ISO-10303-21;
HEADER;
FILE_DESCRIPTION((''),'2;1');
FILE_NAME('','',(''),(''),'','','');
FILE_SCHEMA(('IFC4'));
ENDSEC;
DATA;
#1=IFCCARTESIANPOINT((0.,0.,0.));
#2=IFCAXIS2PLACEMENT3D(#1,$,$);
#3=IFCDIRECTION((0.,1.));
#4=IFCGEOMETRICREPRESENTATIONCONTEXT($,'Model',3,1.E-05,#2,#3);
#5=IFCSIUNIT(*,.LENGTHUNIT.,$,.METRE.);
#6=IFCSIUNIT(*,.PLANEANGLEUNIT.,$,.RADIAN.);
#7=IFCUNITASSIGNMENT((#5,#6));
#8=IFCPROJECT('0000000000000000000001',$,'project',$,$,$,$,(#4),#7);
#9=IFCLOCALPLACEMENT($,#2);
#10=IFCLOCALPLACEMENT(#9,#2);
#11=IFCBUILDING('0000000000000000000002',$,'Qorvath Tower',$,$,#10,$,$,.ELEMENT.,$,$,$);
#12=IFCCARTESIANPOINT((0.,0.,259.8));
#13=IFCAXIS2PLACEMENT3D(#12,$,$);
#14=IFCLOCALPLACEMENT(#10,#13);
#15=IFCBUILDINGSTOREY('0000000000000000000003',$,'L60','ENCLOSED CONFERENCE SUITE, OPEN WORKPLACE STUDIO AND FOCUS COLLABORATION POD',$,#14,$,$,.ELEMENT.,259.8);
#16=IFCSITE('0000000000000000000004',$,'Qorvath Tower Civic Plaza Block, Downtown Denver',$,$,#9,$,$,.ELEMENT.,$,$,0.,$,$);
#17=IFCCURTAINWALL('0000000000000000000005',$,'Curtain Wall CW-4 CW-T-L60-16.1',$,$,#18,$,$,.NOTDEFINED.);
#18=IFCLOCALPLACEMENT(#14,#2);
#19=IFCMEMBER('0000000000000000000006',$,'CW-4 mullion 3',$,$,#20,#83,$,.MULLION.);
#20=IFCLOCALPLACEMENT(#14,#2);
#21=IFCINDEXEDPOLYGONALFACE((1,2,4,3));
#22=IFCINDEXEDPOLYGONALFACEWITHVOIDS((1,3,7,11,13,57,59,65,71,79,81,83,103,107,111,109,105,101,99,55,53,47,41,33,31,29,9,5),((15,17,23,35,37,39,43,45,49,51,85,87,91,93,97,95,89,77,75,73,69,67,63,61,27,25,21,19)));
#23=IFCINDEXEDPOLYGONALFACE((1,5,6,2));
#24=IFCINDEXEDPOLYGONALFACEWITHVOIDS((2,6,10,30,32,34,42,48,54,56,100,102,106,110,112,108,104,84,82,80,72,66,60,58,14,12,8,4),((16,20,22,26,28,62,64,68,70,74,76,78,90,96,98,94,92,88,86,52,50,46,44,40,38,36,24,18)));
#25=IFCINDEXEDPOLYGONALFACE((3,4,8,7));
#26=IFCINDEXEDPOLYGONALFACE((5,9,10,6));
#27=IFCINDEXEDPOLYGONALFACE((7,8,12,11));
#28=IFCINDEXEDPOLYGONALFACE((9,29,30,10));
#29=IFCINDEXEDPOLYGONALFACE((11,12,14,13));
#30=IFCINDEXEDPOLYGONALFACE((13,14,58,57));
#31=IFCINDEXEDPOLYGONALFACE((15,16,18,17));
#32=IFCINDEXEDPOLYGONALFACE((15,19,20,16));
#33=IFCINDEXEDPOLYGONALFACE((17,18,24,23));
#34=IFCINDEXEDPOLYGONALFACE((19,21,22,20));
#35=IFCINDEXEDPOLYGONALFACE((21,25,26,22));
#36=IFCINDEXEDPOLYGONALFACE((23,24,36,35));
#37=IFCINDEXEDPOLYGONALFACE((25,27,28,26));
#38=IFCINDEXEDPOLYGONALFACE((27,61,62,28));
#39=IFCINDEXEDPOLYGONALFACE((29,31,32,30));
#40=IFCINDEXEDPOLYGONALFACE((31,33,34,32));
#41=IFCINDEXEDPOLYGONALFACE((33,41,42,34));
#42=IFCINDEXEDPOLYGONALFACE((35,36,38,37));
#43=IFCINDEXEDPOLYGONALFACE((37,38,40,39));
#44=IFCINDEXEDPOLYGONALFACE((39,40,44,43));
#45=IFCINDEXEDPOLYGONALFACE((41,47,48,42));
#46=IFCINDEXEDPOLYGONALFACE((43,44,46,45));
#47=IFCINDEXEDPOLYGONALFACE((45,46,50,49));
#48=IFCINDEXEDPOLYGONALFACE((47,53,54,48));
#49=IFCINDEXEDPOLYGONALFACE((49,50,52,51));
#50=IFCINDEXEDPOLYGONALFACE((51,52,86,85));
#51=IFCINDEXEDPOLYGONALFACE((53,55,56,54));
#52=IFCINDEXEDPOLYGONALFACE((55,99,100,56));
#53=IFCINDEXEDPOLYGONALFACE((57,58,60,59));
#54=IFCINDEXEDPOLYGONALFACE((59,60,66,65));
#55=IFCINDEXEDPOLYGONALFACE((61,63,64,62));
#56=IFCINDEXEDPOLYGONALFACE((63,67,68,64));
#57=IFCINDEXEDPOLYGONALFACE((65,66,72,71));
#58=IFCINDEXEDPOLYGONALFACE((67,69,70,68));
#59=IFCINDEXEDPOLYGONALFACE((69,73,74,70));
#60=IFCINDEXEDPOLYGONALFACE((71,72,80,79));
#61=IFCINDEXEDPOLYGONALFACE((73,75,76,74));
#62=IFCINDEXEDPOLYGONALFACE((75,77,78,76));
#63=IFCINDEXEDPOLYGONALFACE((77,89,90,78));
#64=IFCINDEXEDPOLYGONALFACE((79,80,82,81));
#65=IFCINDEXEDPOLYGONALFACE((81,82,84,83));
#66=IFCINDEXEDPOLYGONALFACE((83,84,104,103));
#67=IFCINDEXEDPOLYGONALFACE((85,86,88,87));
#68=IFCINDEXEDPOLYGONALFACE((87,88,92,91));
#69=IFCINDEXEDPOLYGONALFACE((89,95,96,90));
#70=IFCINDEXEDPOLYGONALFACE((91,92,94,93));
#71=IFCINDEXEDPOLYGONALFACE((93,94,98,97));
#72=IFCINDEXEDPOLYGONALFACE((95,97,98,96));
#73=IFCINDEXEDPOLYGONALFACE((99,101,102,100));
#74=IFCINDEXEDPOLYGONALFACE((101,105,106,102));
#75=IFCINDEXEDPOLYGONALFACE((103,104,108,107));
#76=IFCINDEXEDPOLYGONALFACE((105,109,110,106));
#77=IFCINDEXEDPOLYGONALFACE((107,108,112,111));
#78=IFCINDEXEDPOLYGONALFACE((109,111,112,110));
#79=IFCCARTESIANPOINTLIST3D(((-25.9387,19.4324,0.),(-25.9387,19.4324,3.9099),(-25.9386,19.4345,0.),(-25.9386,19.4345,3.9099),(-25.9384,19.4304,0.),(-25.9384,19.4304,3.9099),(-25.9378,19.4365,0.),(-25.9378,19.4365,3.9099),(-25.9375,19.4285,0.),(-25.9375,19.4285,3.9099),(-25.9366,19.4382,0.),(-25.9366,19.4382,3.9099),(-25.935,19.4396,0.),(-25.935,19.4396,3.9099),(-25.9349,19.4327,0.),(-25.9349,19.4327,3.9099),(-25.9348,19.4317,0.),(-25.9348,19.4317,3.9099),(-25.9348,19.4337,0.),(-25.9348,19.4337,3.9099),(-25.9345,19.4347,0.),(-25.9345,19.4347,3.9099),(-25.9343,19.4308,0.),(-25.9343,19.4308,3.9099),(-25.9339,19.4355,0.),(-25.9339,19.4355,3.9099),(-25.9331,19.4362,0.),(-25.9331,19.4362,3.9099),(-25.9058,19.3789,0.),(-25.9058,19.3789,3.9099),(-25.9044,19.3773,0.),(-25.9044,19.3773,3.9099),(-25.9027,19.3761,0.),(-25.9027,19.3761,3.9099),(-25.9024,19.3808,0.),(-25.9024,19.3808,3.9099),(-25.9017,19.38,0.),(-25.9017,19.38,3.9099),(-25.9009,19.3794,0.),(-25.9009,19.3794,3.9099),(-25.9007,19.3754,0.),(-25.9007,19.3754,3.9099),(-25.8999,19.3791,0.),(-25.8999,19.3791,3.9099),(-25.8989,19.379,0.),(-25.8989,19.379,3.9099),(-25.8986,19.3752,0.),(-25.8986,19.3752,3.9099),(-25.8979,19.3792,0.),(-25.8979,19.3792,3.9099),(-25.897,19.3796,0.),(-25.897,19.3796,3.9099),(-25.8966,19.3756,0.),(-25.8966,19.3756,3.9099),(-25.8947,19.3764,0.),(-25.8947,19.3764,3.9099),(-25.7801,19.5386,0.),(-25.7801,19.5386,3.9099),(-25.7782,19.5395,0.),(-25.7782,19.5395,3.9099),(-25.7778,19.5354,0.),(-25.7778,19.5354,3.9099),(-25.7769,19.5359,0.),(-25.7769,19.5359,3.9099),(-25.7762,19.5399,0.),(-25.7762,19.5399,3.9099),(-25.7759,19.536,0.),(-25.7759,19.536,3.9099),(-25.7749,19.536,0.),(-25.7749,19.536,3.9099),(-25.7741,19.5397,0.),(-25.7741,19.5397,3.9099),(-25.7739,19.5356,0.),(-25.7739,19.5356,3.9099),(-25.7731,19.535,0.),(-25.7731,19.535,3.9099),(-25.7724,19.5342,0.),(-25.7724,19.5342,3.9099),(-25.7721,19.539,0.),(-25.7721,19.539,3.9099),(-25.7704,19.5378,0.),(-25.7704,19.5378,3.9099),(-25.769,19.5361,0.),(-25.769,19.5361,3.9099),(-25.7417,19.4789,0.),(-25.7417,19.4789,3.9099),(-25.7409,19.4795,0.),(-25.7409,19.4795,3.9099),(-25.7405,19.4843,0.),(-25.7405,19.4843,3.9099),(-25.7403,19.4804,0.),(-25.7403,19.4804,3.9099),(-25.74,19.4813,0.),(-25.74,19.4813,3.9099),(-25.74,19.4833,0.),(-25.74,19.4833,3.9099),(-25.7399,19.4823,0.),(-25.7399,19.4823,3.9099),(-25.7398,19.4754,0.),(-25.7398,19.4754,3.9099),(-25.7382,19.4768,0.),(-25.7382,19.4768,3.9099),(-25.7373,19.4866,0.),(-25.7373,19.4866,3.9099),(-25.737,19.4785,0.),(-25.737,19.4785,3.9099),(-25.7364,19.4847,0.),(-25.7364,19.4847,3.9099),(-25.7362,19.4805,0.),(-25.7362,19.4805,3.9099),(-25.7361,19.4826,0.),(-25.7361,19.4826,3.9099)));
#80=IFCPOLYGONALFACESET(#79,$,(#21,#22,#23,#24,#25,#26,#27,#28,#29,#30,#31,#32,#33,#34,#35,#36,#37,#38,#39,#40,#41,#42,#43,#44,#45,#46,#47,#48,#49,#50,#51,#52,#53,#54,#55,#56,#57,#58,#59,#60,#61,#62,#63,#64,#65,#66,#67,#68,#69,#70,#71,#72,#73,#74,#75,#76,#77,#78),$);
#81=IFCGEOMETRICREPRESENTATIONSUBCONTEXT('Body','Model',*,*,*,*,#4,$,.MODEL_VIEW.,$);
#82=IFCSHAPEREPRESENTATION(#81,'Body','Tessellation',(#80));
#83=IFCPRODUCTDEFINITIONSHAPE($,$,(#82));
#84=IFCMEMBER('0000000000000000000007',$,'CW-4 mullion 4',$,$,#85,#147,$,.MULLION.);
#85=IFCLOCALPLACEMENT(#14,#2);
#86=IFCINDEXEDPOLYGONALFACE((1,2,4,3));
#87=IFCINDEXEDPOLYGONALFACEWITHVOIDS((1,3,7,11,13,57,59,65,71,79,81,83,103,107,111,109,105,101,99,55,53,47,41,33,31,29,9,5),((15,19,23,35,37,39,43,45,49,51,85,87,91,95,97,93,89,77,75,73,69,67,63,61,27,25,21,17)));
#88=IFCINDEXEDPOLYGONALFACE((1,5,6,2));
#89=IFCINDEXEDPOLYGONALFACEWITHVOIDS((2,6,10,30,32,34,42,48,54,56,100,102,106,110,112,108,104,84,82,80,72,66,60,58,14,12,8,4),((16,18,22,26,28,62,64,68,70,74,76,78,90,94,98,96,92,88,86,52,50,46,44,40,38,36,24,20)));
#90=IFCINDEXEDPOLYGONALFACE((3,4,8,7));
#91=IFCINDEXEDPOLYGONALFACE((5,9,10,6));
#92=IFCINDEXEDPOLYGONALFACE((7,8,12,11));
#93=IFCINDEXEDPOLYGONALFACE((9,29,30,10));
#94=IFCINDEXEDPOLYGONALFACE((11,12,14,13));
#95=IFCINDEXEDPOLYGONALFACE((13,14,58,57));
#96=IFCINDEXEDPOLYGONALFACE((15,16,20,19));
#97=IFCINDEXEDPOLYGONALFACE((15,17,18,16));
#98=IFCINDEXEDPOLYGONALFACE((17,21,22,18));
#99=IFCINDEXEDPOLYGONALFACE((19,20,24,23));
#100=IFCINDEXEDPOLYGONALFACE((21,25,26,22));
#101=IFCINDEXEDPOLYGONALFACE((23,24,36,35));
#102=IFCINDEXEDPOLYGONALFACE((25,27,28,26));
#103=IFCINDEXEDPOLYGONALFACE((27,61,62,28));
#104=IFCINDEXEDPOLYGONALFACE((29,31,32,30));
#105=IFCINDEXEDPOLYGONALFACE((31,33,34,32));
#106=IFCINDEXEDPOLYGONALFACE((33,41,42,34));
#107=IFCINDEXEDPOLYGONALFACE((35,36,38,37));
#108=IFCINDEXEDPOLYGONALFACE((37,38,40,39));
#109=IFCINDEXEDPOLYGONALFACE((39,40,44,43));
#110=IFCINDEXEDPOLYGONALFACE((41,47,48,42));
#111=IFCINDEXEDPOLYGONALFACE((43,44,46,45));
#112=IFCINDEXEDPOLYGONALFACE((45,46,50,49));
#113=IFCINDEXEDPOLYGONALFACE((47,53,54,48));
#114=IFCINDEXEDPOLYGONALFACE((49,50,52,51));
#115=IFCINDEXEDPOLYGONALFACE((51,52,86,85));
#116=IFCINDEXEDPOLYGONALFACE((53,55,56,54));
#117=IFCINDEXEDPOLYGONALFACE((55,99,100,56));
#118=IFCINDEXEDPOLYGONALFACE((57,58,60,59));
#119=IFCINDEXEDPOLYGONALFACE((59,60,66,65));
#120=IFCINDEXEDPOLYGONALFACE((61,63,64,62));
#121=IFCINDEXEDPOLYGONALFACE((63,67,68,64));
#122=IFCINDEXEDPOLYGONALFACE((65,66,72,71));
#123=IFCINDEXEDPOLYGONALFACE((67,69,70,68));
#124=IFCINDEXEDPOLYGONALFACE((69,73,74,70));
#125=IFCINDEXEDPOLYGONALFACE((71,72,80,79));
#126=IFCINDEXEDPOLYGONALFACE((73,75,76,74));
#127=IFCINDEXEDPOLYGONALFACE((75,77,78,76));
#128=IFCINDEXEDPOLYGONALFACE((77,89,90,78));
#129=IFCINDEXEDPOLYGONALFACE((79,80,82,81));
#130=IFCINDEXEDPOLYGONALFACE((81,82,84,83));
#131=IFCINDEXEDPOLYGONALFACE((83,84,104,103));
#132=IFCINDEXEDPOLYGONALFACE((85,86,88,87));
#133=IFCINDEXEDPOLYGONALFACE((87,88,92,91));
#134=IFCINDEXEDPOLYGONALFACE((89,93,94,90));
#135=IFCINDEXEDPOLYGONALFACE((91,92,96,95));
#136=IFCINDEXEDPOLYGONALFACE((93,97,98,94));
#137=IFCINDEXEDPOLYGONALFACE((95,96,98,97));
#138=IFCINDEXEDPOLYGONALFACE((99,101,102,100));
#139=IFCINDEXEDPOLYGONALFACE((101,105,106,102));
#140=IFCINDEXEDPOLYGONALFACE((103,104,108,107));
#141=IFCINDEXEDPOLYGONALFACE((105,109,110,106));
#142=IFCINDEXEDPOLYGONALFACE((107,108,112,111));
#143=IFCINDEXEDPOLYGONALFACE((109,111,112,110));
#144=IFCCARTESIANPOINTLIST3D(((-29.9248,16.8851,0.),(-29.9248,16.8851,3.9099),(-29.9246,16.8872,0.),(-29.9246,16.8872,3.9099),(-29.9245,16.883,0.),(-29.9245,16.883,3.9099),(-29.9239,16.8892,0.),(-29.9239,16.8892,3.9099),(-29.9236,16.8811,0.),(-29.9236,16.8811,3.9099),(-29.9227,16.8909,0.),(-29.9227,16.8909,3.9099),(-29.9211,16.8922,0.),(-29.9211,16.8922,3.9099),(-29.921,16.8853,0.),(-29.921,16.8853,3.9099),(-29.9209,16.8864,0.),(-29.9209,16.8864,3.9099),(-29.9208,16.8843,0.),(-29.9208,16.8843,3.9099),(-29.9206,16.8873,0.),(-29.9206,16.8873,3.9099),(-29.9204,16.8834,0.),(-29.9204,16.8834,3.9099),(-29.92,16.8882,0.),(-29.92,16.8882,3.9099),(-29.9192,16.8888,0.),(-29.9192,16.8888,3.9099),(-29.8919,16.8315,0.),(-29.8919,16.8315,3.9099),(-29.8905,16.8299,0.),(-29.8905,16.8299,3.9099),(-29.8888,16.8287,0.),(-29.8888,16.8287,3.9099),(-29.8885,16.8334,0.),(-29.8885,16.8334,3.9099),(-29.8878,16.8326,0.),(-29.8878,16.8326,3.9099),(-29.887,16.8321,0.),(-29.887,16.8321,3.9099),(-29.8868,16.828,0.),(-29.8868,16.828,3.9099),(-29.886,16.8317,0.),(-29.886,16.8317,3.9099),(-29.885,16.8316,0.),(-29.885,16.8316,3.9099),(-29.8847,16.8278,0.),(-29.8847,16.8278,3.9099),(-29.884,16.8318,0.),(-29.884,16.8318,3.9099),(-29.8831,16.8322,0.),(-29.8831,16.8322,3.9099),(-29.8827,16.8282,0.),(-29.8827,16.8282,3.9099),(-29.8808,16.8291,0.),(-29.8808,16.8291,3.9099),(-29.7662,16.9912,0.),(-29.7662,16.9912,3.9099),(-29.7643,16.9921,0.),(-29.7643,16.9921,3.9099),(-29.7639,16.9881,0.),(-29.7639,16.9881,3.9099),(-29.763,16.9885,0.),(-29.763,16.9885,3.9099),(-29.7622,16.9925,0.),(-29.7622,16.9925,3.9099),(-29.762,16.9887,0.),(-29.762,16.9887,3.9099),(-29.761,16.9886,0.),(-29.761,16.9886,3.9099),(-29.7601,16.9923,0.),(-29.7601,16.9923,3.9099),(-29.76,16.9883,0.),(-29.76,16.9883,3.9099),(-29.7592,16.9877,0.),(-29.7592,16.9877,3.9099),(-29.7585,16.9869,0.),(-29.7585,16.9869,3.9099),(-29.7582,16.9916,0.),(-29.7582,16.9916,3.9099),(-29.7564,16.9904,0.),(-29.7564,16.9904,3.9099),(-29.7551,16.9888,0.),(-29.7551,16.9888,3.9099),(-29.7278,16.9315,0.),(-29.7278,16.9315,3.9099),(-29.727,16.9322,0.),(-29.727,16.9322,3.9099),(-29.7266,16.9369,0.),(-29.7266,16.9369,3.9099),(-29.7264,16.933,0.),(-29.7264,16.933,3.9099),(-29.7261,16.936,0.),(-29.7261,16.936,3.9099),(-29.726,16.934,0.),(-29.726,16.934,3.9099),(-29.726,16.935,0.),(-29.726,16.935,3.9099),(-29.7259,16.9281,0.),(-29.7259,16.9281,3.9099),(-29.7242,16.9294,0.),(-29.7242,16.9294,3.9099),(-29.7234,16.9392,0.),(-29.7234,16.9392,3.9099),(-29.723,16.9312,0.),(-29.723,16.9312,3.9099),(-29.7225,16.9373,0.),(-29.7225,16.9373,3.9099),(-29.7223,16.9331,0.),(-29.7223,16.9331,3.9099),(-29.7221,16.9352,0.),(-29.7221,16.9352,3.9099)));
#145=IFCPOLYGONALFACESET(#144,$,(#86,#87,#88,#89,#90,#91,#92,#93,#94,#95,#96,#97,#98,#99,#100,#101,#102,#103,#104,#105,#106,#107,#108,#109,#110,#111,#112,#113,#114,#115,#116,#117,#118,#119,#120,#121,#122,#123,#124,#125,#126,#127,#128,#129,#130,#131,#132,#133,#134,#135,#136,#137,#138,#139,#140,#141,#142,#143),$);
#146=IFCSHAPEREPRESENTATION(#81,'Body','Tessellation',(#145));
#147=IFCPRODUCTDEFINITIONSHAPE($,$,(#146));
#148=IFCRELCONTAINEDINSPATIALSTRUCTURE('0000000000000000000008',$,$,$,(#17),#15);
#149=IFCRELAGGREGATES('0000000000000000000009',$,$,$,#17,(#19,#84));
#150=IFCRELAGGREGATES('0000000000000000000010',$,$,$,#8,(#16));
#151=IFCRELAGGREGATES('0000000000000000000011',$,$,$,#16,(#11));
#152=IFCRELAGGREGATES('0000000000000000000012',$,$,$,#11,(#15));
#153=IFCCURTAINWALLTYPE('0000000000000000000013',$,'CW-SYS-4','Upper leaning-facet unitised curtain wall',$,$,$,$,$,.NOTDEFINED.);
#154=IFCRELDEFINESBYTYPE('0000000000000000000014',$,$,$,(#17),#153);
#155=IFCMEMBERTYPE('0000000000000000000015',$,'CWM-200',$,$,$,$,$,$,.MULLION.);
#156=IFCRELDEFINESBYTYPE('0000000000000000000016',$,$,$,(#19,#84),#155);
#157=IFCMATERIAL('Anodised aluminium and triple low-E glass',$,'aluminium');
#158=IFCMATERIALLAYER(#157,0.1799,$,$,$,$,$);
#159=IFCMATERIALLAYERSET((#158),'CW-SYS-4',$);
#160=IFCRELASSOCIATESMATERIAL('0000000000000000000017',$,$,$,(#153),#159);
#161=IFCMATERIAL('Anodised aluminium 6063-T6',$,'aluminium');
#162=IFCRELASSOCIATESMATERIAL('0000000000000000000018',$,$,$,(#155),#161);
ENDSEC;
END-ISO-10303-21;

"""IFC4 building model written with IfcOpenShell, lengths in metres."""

from ifc_helpers import new_model, si_unit, direction, frame, origin, origin_2d, place, context, subcontext, project, spatial, hollow_rectangle, extrude, material, layer, layer_set, material_profile, profile_set, type_object, element, aggregate, save


model = new_model("IFC4")

# Units and contexts
model_context = context("Model", 3, precision=1e-05, world=origin(), true_north=direction((0.0, 1.0)))
body_context = subcontext(model_context, "Body", "Model", "MODEL_VIEW")
ifc_project = project(units=[si_unit("LENGTHUNIT", "METRE"), si_unit("PLANEANGLEUNIT", "RADIAN")], contexts=[model_context])

# Site, building, storey
site_placement = place(None, origin())
site = spatial("IfcSite", under=ifc_project, at=site_placement, Name="Qorvath Tower Civic Plaza Block, Downtown Denver", CompositionType="ELEMENT", RefElevation=0.0)
building_placement = place(site_placement, origin())
building = spatial("IfcBuilding", under=site, at=building_placement, Name="Qorvath Tower", CompositionType="ELEMENT")
storey_placement = place(building_placement, frame((0.0, 0.0, 259.8)))
storey = spatial("IfcBuildingStorey", under=building, at=storey_placement, Name="L60", Description="ENCLOSED CONFERENCE SUITE, OPEN WORKPLACE STUDIO AND FOCUS COLLABORATION POD", CompositionType="ELEMENT", Elevation=259.8)

# Curtain wall, members
ifc_material_1 = material(Name="Anodised aluminium and triple low-E glass", Category="aluminium")
ifc_layer_1 = layer(ifc_material_1, 0.1799)
ifc_layer_set_1 = layer_set([ifc_layer_1], Name="CW-SYS-4")
curtain_wall_type = type_object("IfcCurtainWallType", Name="CW-SYS-4", Description="Upper leaning-facet unitised curtain wall", PredefinedType="NOTDEFINED", material=ifc_layer_set_1)
curtain_wall_1_placement = place(storey_placement, origin())
curtain_wall_1 = element("IfcCurtainWall", 1, at=curtain_wall_1_placement, inside=storey, type_object=curtain_wall_type, Name="Curtain Wall CW-4 CW-T-L60-16.1", PredefinedType="NOTDEFINED")
ifc_material_2 = material(Name="Anodised aluminium 6063-T6", Category="aluminium")
ifc_material_profile_1 = material_profile(ifc_material_2, hollow_rectangle(XDim=0.075, YDim=0.2, WallThickness=0.0039, InnerFilletRadius=0.0039, OuterFilletRadius=0.0081, at=origin_2d()), Name="CWM 200x75")
ifc_profile_set_1 = profile_set([ifc_material_profile_1], Name="Anodised aluminium 6063-T6")
member_type_1 = type_object("IfcMemberType", Name="CWM-200", PredefinedType="MULLION", material=ifc_profile_set_1)
member_1_placement = place(storey_placement, frame((-25.8374, 19.4575, 0.0), z_axis=(0.0, 0.0, 1.0), x_axis=(0.538523, -0.842611, 0.0)))
member_1 = element("IfcMember", 2, at=member_1_placement, type_object=member_type_1, Name="CW-4 mullion 3", PredefinedType="MULLION", context=body_context, shape_type="SweptSolid", body=[
    extrude(hollow_rectangle(XDim=0.075, YDim=0.2, WallThickness=0.0039, InnerFilletRadius=0.0039, OuterFilletRadius=0.0081, at=origin_2d()), origin(), (0.0, 0.0, 1.0), 3.9099),
])
member_2_placement = place(storey_placement, frame((-29.8235, 16.9102, 0.0), z_axis=(0.0, 0.0, 1.0), x_axis=(0.538523, -0.842611, 0.0)))
member_2 = element("IfcMember", 3, at=member_2_placement, type_object=member_type_1, Name="CW-4 mullion 4", PredefinedType="MULLION", context=body_context, shape_type="SweptSolid", body=[
    extrude(hollow_rectangle(XDim=0.075, YDim=0.2, WallThickness=0.0039, InnerFilletRadius=0.0039, OuterFilletRadius=0.0081, at=origin_2d()), origin(), (0.0, 0.0, 1.0), 3.9099),
])

aggregate(curtain_wall_1, [member_1, member_2])

save(model, "model.ifc")
